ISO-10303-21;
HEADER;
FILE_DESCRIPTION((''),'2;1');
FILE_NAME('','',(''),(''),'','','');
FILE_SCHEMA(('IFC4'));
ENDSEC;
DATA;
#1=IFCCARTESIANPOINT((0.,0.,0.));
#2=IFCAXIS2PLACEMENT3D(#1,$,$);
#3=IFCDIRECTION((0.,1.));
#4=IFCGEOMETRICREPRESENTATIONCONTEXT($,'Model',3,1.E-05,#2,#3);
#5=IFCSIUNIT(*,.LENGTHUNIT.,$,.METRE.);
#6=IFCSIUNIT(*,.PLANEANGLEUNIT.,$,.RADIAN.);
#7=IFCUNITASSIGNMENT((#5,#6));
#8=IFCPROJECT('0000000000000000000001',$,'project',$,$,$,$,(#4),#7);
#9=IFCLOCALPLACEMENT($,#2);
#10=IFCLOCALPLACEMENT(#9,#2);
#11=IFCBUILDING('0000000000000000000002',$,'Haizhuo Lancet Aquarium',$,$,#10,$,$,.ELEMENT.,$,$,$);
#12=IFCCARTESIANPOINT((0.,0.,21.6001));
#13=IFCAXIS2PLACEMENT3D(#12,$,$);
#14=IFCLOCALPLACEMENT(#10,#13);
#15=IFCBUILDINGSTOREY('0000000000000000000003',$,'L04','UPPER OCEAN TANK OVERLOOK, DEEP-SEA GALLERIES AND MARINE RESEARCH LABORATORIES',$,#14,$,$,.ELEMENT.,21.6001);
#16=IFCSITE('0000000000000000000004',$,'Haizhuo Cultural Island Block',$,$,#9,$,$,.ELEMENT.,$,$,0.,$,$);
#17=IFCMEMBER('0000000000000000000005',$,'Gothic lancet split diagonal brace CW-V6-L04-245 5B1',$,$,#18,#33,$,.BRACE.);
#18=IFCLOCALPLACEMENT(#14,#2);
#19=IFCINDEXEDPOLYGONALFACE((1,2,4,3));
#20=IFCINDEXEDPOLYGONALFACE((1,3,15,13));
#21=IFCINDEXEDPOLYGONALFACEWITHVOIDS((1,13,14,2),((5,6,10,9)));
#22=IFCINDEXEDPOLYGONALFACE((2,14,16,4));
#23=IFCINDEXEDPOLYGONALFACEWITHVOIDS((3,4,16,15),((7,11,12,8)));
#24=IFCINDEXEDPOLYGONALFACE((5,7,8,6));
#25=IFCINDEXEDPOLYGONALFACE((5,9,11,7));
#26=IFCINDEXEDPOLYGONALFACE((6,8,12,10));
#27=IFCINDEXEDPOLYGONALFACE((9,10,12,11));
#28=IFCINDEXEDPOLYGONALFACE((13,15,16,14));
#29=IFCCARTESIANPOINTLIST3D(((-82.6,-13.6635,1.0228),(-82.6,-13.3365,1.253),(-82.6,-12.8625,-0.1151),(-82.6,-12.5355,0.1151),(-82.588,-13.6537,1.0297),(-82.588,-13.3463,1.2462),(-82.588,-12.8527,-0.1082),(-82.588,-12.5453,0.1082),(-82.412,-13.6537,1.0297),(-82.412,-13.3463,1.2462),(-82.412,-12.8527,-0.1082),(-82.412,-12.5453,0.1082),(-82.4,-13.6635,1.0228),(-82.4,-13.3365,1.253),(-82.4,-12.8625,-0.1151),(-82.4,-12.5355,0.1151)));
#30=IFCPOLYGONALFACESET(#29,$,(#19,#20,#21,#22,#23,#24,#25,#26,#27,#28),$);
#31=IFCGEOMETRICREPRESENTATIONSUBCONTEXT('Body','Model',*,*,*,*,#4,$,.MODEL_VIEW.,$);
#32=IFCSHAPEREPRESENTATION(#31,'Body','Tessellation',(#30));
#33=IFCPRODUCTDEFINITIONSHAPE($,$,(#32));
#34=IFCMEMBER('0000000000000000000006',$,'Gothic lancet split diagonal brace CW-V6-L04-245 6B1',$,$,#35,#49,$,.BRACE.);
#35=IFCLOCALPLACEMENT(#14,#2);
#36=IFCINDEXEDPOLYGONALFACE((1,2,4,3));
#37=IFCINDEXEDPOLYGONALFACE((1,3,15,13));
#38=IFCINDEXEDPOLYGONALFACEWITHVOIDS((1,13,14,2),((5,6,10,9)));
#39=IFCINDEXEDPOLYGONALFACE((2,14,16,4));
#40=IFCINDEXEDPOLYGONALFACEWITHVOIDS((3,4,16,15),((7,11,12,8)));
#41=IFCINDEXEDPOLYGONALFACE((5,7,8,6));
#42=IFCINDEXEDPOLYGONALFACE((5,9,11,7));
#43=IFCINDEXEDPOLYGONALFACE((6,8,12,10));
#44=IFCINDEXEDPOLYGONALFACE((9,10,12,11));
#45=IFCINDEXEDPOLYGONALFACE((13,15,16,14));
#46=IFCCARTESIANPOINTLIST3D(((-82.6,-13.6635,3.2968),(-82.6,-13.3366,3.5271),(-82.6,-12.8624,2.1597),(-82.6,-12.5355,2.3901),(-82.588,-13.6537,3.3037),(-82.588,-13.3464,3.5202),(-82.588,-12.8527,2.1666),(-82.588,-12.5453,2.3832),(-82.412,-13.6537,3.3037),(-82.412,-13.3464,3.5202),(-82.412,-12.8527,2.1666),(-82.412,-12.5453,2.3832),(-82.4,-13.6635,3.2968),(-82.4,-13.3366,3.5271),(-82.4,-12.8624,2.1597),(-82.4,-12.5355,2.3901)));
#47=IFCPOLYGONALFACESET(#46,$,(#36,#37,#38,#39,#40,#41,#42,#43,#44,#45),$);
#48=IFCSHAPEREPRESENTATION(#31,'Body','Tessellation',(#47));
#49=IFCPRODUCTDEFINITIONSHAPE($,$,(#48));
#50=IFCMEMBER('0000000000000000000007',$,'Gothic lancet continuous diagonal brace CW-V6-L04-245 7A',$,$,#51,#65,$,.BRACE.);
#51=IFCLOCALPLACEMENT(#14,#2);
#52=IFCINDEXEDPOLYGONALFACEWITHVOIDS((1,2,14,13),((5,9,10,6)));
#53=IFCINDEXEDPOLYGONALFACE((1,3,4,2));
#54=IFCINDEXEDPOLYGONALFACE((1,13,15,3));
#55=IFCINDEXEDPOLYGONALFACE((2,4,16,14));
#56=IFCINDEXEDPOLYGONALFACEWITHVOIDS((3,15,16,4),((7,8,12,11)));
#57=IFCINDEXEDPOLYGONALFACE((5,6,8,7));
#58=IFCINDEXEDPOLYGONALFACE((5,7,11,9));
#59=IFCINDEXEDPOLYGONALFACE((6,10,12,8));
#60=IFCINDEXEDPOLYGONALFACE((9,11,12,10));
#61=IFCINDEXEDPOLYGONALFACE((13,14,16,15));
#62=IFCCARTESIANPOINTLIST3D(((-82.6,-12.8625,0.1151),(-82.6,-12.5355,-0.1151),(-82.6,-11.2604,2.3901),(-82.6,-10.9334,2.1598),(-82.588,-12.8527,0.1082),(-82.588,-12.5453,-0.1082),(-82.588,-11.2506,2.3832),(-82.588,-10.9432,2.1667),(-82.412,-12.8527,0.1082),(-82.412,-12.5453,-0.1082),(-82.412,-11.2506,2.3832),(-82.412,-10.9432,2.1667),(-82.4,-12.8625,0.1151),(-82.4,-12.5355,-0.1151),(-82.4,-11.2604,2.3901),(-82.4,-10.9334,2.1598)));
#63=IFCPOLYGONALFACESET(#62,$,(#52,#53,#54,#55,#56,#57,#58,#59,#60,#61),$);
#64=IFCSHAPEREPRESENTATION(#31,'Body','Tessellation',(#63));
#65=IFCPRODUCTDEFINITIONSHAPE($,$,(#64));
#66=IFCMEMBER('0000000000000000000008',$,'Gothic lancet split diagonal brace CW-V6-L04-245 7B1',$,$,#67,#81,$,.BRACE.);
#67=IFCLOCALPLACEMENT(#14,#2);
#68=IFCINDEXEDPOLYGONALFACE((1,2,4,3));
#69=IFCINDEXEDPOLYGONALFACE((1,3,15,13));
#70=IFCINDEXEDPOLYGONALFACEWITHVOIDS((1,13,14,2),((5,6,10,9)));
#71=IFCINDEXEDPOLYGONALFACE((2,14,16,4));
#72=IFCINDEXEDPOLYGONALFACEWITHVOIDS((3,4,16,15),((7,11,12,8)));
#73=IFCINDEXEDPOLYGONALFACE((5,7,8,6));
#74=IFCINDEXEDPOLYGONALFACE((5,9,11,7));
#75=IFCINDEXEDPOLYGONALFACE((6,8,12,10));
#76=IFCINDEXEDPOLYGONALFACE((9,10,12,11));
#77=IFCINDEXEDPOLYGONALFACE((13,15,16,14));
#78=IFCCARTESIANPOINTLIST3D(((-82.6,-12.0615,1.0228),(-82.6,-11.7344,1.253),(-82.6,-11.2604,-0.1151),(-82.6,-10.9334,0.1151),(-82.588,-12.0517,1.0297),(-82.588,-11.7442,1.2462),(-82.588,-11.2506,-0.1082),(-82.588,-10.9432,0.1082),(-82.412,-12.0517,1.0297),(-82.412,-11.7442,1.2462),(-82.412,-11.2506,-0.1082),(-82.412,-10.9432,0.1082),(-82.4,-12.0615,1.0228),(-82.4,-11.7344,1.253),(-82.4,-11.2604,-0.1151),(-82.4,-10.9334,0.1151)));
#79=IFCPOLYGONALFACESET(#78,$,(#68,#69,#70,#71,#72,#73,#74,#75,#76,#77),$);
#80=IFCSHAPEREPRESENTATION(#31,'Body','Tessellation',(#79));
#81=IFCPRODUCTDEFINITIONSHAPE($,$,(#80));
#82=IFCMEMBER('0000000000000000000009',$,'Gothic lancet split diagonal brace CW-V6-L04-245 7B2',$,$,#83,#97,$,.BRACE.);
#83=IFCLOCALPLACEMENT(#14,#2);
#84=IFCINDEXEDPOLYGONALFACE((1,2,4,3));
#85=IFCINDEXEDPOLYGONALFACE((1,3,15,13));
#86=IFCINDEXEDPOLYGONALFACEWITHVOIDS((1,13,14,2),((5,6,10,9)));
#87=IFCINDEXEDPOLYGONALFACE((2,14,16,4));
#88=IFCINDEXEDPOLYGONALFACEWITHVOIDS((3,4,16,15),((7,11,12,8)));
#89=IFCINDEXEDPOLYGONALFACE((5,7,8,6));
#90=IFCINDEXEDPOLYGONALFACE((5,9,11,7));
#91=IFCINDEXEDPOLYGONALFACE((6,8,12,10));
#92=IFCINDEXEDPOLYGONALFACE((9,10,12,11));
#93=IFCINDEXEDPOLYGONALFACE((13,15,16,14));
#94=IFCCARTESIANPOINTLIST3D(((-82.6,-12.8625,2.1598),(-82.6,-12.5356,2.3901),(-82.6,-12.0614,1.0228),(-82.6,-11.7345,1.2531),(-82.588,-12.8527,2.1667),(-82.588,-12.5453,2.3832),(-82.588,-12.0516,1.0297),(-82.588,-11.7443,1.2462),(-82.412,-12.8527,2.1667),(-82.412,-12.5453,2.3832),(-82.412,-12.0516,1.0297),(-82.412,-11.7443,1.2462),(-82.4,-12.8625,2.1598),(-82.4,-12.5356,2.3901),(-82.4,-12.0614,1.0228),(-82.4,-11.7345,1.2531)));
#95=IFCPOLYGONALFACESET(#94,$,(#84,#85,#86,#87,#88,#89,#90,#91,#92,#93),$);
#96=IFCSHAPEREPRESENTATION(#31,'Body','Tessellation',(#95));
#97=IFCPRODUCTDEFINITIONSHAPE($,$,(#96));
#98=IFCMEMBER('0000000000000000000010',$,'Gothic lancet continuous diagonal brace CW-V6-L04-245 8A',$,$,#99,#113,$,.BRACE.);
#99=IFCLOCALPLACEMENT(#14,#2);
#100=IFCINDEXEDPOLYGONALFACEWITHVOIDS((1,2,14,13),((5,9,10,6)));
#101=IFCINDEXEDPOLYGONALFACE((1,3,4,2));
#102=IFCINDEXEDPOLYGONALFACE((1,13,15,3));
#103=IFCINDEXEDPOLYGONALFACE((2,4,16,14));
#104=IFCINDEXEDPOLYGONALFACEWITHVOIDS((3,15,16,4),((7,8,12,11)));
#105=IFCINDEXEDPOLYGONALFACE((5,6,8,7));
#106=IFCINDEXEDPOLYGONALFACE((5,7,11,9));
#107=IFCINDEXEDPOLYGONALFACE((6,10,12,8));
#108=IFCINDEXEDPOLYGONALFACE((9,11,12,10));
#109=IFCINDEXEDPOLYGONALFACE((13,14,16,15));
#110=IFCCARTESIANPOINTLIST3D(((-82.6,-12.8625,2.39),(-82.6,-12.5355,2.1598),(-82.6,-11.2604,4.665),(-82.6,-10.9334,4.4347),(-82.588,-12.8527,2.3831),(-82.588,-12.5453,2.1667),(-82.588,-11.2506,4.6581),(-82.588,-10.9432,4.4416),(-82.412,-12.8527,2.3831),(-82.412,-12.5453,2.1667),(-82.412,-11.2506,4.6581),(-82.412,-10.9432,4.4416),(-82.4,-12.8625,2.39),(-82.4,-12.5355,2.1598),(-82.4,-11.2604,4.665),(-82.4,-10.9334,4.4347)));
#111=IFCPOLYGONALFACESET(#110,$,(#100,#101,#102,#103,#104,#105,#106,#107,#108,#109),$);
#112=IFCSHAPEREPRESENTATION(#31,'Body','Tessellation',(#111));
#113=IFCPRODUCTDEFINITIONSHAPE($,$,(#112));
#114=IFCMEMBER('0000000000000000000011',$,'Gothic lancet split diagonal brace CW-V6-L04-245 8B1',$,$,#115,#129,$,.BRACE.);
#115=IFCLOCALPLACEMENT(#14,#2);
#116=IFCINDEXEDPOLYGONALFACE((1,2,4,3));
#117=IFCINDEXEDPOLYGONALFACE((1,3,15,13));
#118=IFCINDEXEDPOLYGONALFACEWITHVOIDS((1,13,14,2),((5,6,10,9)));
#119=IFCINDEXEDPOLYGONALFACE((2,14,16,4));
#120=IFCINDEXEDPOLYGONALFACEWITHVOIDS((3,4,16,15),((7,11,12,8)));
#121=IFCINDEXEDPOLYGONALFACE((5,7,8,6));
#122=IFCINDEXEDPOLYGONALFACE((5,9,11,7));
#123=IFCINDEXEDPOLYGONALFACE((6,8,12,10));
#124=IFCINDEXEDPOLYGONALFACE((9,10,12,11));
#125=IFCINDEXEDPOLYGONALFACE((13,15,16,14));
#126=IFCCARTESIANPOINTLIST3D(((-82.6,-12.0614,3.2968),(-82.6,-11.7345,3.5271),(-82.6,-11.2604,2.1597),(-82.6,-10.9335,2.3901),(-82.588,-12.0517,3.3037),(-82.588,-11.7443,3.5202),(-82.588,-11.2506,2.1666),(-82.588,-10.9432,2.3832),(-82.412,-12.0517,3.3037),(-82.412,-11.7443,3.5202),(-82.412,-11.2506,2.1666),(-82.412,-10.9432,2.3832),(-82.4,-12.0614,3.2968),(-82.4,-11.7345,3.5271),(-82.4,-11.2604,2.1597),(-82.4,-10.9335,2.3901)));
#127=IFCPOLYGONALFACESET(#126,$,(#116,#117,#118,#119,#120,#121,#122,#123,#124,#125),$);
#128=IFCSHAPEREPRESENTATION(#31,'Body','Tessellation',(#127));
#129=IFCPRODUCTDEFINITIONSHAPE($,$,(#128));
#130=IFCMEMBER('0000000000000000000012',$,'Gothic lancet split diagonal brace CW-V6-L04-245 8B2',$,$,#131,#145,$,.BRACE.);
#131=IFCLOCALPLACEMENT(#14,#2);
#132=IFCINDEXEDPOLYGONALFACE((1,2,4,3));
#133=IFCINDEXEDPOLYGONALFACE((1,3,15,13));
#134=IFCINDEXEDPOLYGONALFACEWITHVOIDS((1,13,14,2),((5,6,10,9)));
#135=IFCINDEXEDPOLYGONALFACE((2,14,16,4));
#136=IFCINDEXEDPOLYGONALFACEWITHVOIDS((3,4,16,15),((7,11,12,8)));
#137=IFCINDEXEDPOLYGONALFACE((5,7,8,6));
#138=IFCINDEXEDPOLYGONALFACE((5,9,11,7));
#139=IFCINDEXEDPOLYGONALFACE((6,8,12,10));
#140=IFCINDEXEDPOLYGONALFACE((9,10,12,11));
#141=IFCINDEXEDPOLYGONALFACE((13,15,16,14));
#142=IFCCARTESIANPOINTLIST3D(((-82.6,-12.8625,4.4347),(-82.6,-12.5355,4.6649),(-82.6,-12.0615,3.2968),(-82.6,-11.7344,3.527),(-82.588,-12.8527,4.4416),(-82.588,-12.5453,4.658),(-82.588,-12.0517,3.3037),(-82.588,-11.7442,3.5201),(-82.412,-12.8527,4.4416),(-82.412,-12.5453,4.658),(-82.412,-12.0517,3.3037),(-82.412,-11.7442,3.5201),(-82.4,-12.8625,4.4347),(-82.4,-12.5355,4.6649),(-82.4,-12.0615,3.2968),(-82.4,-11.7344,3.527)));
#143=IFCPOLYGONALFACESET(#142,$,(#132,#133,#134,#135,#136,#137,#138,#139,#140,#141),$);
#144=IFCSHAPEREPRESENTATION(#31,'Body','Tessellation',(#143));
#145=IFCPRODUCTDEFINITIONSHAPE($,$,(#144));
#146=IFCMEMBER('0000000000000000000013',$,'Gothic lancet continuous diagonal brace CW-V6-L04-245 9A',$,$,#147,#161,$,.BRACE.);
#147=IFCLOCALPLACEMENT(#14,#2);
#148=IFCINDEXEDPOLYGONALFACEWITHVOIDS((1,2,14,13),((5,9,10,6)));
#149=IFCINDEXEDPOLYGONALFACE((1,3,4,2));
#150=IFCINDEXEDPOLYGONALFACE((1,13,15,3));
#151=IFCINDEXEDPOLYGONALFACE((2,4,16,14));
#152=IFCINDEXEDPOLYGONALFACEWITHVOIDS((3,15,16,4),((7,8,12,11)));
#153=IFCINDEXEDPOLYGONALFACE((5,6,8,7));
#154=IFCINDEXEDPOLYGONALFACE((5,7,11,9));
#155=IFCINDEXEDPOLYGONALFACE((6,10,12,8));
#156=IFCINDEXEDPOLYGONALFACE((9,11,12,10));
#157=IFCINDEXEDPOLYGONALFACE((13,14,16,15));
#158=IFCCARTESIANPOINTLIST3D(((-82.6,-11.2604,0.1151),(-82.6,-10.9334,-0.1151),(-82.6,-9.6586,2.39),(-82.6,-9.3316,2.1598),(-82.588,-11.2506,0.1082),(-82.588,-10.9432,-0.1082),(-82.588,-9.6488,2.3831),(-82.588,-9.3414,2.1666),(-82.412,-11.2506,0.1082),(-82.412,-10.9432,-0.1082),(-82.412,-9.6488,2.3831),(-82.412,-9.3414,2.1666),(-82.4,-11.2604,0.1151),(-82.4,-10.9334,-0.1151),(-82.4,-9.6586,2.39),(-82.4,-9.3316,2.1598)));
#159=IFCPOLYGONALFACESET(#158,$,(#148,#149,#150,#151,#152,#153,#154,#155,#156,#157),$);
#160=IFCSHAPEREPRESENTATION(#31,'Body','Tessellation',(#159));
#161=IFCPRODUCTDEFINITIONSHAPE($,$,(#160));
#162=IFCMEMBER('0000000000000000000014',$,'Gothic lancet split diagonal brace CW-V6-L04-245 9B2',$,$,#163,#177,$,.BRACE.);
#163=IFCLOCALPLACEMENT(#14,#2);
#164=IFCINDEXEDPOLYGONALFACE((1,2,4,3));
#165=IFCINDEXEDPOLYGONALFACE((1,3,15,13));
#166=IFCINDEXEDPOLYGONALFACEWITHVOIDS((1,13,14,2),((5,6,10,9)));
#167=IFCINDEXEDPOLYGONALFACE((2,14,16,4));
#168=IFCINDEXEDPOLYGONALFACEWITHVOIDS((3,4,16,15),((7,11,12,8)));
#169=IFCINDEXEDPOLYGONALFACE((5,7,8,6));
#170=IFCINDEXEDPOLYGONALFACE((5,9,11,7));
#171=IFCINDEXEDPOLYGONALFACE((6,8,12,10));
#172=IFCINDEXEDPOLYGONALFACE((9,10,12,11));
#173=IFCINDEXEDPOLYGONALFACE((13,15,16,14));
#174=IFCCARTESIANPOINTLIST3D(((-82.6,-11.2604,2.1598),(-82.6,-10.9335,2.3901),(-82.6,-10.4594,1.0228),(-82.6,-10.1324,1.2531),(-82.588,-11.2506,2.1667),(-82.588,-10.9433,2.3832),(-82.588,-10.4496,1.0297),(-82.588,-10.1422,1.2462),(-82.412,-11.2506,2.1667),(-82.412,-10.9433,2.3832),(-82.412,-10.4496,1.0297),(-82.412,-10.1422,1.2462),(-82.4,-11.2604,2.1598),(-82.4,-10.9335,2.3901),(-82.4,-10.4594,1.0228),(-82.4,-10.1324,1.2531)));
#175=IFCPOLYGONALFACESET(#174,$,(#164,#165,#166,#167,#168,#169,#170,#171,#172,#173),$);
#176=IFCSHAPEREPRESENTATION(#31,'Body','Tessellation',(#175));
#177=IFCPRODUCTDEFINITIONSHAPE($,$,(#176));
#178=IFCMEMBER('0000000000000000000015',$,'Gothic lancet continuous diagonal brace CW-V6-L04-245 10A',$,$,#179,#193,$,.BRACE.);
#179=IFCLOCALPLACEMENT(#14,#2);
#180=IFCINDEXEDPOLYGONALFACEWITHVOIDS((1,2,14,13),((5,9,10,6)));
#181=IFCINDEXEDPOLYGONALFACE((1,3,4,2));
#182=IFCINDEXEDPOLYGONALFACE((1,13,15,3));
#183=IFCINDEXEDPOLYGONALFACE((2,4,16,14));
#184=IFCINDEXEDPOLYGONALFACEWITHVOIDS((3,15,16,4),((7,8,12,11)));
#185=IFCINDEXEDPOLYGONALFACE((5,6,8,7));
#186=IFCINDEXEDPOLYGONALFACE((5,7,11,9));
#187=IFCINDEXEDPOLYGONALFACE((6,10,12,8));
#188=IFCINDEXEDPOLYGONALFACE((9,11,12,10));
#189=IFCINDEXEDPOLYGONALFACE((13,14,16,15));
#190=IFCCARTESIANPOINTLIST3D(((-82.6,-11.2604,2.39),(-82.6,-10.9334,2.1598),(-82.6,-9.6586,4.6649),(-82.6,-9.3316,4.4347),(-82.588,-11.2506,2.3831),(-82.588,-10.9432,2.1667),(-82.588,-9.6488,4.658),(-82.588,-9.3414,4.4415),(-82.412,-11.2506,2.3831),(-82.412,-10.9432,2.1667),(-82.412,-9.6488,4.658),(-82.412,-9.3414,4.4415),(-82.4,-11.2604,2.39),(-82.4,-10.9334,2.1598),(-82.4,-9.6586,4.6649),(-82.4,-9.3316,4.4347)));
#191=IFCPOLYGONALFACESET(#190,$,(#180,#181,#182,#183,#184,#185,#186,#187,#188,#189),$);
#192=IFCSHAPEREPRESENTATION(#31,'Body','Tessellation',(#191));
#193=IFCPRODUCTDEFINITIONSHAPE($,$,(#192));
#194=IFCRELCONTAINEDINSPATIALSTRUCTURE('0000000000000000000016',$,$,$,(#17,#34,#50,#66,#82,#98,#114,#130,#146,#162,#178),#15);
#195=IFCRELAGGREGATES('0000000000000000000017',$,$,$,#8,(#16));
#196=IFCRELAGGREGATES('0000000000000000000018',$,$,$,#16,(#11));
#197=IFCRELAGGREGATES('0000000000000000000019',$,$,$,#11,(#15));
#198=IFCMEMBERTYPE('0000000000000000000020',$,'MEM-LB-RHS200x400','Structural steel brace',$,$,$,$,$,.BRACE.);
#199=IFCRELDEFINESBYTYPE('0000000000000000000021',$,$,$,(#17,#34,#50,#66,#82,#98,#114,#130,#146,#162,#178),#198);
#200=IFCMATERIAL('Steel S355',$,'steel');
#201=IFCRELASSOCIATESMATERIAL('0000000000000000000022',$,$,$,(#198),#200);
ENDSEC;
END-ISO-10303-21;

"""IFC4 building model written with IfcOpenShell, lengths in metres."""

from ifc_helpers import new_model, si_unit, direction, frame, origin, origin_2d, place, context, subcontext, project, spatial, hollow_rectangle, extrude, material, material_profile, profile_set, type_object, element, save


model = new_model("IFC4")

# Units and contexts
model_context = context("Model", 3, precision=1e-05, world=origin(), true_north=direction((0.0, 1.0)))
body_context = subcontext(model_context, "Body", "Model", "MODEL_VIEW")
ifc_project = project(units=[si_unit("LENGTHUNIT", "METRE"), si_unit("PLANEANGLEUNIT", "RADIAN")], contexts=[model_context])

# Site, building, storey
site_placement = place(None, origin())
site = spatial("IfcSite", under=ifc_project, at=site_placement, Name="Haizhuo Cultural Island Block", CompositionType="ELEMENT", RefElevation=0.0)
building_placement = place(site_placement, origin())
building = spatial("IfcBuilding", under=site, at=building_placement, Name="Haizhuo Lancet Aquarium", CompositionType="ELEMENT")
storey_placement = place(building_placement, frame((0.0, 0.0, 21.6001)))
storey = spatial("IfcBuildingStorey", under=building, at=storey_placement, Name="L04", Description="UPPER OCEAN TANK OVERLOOK, DEEP-SEA GALLERIES AND MARINE RESEARCH LABORATORIES", CompositionType="ELEMENT", Elevation=21.6001)

# Shared definitions
ifc_material_1 = material(Name="Steel S355", Category="steel")

# Members
ifc_material_profile_1 = material_profile(ifc_material_1, hollow_rectangle(XDim=0.2, YDim=0.3999, WallThickness=0.012, at=origin_2d()), Name="RHS 200x400x12")
ifc_profile_set_1 = profile_set([ifc_material_profile_1], Name="Steel S355")
member_type_1 = type_object("IfcMemberType", Name="MEM-LB-RHS200x400", Description="Structural steel brace", PredefinedType="BRACE", material=ifc_profile_set_1)
member_1_placement = place(storey_placement, frame((-82.5, -12.699, 0.0), z_axis=(0.0, -0.575615, 0.817721), x_axis=(1.0, 0.0, 0.0)))
element("IfcMember", 1, at=member_1_placement, inside=storey, type_object=member_type_1, Name="Gothic lancet split diagonal brace CW-V6-L04-245 5B1", PredefinedType="BRACE", context=body_context, shape_type="SweptSolid", body=[
    extrude(hollow_rectangle(XDim=0.2, YDim=0.3999, WallThickness=0.012, at=origin_2d()), origin(), (0.0, 0.0, 1.0), 1.3916),
])
member_2_placement = place(storey_placement, frame((-82.5, -12.699, 2.2749), z_axis=(0.0, -0.575946, 0.817488), x_axis=(1.0, 0.0, 0.0)))
element("IfcMember", 2, at=member_2_placement, inside=storey, type_object=member_type_1, Name="Gothic lancet split diagonal brace CW-V6-L04-245 6B1", PredefinedType="BRACE", context=body_context, shape_type="SweptSolid", body=[
    extrude(hollow_rectangle(XDim=0.2, YDim=0.3999, WallThickness=0.012, at=origin_2d()), origin(), (0.0, 0.0, 1.0), 1.3909),
])
member_3_placement = place(storey_placement, frame((-82.5, -12.699, 0.0), z_axis=(0.0, 0.57578, 0.817604), x_axis=(-1.0, 0.0, 0.0)))
element("IfcMember", 3, at=member_3_placement, inside=storey, type_object=member_type_1, Name="Gothic lancet continuous diagonal brace CW-V6-L04-245 7A", PredefinedType="BRACE", context=body_context, shape_type="SweptSolid", body=[
    extrude(hollow_rectangle(XDim=0.2, YDim=0.3999, WallThickness=0.012, at=origin_2d()), origin(), (0.0, 0.0, 1.0), 2.7825),
])
member_4_placement = place(storey_placement, frame((-82.5, -11.0969, 0.0), z_axis=(0.0, -0.575615, 0.817721), x_axis=(1.0, 0.0, 0.0)))
element("IfcMember", 4, at=member_4_placement, inside=storey, type_object=member_type_1, Name="Gothic lancet split diagonal brace CW-V6-L04-245 7B1", PredefinedType="BRACE", context=body_context, shape_type="SweptSolid", body=[
    extrude(hollow_rectangle(XDim=0.2, YDim=0.3999, WallThickness=0.012, at=origin_2d()), origin(), (0.0, 0.0, 1.0), 1.3916),
])
member_5_placement = place(storey_placement, frame((-82.5, -11.8979, 1.1379), z_axis=(0.0, -0.575946, 0.817488), x_axis=(1.0, 0.0, 0.0)))
element("IfcMember", 5, at=member_5_placement, inside=storey, type_object=member_type_1, Name="Gothic lancet split diagonal brace CW-V6-L04-245 7B2", PredefinedType="BRACE", context=body_context, shape_type="SweptSolid", body=[
    extrude(hollow_rectangle(XDim=0.2, YDim=0.3999, WallThickness=0.012, at=origin_2d()), origin(), (0.0, 0.0, 1.0), 1.3909),
])
member_6_placement = place(storey_placement, frame((-82.5, -12.699, 2.2749), z_axis=(0.0, 0.57578, 0.817604), x_axis=(-1.0, 0.0, 0.0)))
element("IfcMember", 6, at=member_6_placement, inside=storey, type_object=member_type_1, Name="Gothic lancet continuous diagonal brace CW-V6-L04-245 8A", PredefinedType="BRACE", context=body_context, shape_type="SweptSolid", body=[
    extrude(hollow_rectangle(XDim=0.2, YDim=0.3999, WallThickness=0.012, at=origin_2d()), origin(), (0.0, 0.0, 1.0), 2.7825),
])
member_7_placement = place(storey_placement, frame((-82.5, -11.0969, 2.2749), z_axis=(0.0, -0.575946, 0.817488), x_axis=(1.0, 0.0, 0.0)))
element("IfcMember", 7, at=member_7_placement, inside=storey, type_object=member_type_1, Name="Gothic lancet split diagonal brace CW-V6-L04-245 8B1", PredefinedType="BRACE", context=body_context, shape_type="SweptSolid", body=[
    extrude(hollow_rectangle(XDim=0.2, YDim=0.3999, WallThickness=0.012, at=origin_2d()), origin(), (0.0, 0.0, 1.0), 1.3909),
])
member_8_placement = place(storey_placement, frame((-82.5, -11.8979, 3.4119), z_axis=(0.0, -0.575615, 0.817721), x_axis=(1.0, 0.0, 0.0)))
element("IfcMember", 8, at=member_8_placement, inside=storey, type_object=member_type_1, Name="Gothic lancet split diagonal brace CW-V6-L04-245 8B2", PredefinedType="BRACE", context=body_context, shape_type="SweptSolid", body=[
    extrude(hollow_rectangle(XDim=0.2, YDim=0.3999, WallThickness=0.012, at=origin_2d()), origin(), (0.0, 0.0, 1.0), 1.3916),
])
member_9_placement = place(storey_placement, frame((-82.5, -11.0969, 0.0), z_axis=(0.0, 0.575722, 0.817646), x_axis=(-1.0, 0.0, 0.0)))
element("IfcMember", 9, at=member_9_placement, inside=storey, type_object=member_type_1, Name="Gothic lancet continuous diagonal brace CW-V6-L04-245 9A", PredefinedType="BRACE", context=body_context, shape_type="SweptSolid", body=[
    extrude(hollow_rectangle(XDim=0.2, YDim=0.3999, WallThickness=0.012, at=origin_2d()), origin(), (0.0, 0.0, 1.0), 2.7822),
])
member_10_placement = place(storey_placement, frame((-82.5, -10.2959, 1.1379), z_axis=(0.0, -0.575946, 0.817488), x_axis=(1.0, 0.0, 0.0)))
element("IfcMember", 10, at=member_10_placement, inside=storey, type_object=member_type_1, Name="Gothic lancet split diagonal brace CW-V6-L04-245 9B2", PredefinedType="BRACE", context=body_context, shape_type="SweptSolid", body=[
    extrude(hollow_rectangle(XDim=0.2, YDim=0.3999, WallThickness=0.012, at=origin_2d()), origin(), (0.0, 0.0, 1.0), 1.3909),
])
member_11_placement = place(storey_placement, frame((-82.5, -11.0969, 2.2749), z_axis=(0.0, 0.575722, 0.817646), x_axis=(-1.0, 0.0, 0.0)))
element("IfcMember", 11, at=member_11_placement, inside=storey, type_object=member_type_1, Name="Gothic lancet continuous diagonal brace CW-V6-L04-245 10A", PredefinedType="BRACE", context=body_context, shape_type="SweptSolid", body=[
    extrude(hollow_rectangle(XDim=0.2, YDim=0.3999, WallThickness=0.012, at=origin_2d()), origin(), (0.0, 0.0, 1.0), 2.7822),
])

save(model, "model.ifc")
